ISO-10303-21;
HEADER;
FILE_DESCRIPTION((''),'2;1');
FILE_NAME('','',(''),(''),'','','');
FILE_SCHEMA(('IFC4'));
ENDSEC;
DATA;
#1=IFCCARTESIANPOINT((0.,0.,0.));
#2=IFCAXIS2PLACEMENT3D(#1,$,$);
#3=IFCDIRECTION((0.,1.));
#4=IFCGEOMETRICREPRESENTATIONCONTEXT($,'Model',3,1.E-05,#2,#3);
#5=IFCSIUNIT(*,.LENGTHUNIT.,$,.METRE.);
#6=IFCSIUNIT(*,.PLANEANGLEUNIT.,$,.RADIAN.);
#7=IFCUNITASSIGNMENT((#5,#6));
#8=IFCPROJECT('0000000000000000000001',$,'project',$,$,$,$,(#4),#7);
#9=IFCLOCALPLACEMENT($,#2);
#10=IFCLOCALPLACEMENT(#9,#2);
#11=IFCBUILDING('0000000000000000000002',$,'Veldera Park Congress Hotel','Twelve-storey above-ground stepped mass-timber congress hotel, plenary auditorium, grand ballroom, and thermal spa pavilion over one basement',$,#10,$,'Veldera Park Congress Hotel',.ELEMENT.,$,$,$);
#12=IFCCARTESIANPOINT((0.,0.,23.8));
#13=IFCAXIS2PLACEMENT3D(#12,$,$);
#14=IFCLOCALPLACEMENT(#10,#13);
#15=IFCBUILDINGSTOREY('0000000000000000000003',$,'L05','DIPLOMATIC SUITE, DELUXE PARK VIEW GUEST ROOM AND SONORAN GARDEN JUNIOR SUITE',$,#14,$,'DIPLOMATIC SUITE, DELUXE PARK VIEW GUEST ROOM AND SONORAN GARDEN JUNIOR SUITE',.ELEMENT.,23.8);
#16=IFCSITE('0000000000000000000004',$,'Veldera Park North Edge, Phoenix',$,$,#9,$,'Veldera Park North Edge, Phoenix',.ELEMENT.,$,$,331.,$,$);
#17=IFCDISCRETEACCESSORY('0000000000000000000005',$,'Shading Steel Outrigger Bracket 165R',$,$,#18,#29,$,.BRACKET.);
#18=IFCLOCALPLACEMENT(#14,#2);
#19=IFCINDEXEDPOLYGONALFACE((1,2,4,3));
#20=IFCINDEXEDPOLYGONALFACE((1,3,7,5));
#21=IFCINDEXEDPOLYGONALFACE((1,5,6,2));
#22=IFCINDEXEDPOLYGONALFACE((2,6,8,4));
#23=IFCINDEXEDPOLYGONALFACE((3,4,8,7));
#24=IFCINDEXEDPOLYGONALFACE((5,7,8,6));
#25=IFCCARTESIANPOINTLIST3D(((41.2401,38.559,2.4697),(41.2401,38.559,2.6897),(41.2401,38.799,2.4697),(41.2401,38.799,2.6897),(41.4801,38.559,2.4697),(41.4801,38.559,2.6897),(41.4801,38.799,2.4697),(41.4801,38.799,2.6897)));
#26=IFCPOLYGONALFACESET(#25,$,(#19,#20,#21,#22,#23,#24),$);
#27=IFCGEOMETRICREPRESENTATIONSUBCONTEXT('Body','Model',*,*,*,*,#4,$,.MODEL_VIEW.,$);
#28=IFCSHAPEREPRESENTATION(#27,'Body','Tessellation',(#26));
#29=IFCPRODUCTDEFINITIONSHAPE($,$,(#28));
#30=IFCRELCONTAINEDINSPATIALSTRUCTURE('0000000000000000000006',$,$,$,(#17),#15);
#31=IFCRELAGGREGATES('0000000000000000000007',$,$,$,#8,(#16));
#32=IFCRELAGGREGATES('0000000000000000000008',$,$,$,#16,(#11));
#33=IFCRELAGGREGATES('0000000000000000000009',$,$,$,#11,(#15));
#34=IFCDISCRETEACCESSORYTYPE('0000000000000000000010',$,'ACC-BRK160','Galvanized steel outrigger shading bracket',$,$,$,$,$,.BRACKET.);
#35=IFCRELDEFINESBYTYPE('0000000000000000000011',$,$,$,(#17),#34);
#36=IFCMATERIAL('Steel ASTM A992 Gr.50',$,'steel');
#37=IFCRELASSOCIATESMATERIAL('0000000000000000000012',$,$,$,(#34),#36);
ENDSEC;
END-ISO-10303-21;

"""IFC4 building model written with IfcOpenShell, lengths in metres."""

from ifc_helpers import new_model, si_unit, direction, frame, origin, origin_2d, place, context, subcontext, project, spatial, rectangle, extrude, material, type_object, element, save


model = new_model("IFC4")

# Units and contexts
model_context = context("Model", 3, precision=1e-05, world=origin(), true_north=direction((0.0, 1.0)))
body_context = subcontext(model_context, "Body", "Model", "MODEL_VIEW")
ifc_project = project(units=[si_unit("LENGTHUNIT", "METRE"), si_unit("PLANEANGLEUNIT", "RADIAN")], contexts=[model_context])

# Site, building, storey
site_placement = place(None, origin())
site = spatial("IfcSite", under=ifc_project, at=site_placement, Name="Veldera Park North Edge, Phoenix", LongName="Veldera Park North Edge, Phoenix", CompositionType="ELEMENT", RefElevation=331.0)
building_placement = place(site_placement, origin())
building = spatial("IfcBuilding", under=site, at=building_placement, Name="Veldera Park Congress Hotel", Description="Twelve-storey above-ground stepped mass-timber congress hotel, plenary auditorium, grand ballroom, and thermal spa pavilion over one basement", LongName="Veldera Park Congress Hotel", CompositionType="ELEMENT")
storey_placement = place(building_placement, frame((0.0, 0.0, 23.8)))
storey = spatial("IfcBuildingStorey", under=building, at=storey_placement, Name="L05", Description="DIPLOMATIC SUITE, DELUXE PARK VIEW GUEST ROOM AND SONORAN GARDEN JUNIOR SUITE", LongName="DIPLOMATIC SUITE, DELUXE PARK VIEW GUEST ROOM AND SONORAN GARDEN JUNIOR SUITE", CompositionType="ELEMENT", Elevation=23.8)

# Discrete accessory
ifc_material_1 = material(Name="Steel ASTM A992 Gr.50", Category="steel")
discrete_accessory_type = type_object("IfcDiscreteAccessoryType", Name="ACC-BRK160", Description="Galvanized steel outrigger shading bracket", PredefinedType="BRACKET", material=ifc_material_1)
for number, where, z_axis, x_axis, name in (
    (1, (41.3601, 38.679, 2.4697), (0.0, 0.0, 1.0), (0.0, -1.0, 0.0), "Shading Steel Outrigger Bracket 165R"),
):
    element("IfcDiscreteAccessory", number, at=place(storey_placement, frame(where, z_axis=z_axis, x_axis=x_axis)), inside=storey, type_object=discrete_accessory_type, Name=name, PredefinedType="BRACKET", context=body_context, shape_type="SweptSolid", body=[
        extrude(rectangle(XDim=0.24, YDim=0.24, at=origin_2d()), origin(), (0.0, 0.0, 1.0), 0.22),
    ])

save(model, "model.ifc")
